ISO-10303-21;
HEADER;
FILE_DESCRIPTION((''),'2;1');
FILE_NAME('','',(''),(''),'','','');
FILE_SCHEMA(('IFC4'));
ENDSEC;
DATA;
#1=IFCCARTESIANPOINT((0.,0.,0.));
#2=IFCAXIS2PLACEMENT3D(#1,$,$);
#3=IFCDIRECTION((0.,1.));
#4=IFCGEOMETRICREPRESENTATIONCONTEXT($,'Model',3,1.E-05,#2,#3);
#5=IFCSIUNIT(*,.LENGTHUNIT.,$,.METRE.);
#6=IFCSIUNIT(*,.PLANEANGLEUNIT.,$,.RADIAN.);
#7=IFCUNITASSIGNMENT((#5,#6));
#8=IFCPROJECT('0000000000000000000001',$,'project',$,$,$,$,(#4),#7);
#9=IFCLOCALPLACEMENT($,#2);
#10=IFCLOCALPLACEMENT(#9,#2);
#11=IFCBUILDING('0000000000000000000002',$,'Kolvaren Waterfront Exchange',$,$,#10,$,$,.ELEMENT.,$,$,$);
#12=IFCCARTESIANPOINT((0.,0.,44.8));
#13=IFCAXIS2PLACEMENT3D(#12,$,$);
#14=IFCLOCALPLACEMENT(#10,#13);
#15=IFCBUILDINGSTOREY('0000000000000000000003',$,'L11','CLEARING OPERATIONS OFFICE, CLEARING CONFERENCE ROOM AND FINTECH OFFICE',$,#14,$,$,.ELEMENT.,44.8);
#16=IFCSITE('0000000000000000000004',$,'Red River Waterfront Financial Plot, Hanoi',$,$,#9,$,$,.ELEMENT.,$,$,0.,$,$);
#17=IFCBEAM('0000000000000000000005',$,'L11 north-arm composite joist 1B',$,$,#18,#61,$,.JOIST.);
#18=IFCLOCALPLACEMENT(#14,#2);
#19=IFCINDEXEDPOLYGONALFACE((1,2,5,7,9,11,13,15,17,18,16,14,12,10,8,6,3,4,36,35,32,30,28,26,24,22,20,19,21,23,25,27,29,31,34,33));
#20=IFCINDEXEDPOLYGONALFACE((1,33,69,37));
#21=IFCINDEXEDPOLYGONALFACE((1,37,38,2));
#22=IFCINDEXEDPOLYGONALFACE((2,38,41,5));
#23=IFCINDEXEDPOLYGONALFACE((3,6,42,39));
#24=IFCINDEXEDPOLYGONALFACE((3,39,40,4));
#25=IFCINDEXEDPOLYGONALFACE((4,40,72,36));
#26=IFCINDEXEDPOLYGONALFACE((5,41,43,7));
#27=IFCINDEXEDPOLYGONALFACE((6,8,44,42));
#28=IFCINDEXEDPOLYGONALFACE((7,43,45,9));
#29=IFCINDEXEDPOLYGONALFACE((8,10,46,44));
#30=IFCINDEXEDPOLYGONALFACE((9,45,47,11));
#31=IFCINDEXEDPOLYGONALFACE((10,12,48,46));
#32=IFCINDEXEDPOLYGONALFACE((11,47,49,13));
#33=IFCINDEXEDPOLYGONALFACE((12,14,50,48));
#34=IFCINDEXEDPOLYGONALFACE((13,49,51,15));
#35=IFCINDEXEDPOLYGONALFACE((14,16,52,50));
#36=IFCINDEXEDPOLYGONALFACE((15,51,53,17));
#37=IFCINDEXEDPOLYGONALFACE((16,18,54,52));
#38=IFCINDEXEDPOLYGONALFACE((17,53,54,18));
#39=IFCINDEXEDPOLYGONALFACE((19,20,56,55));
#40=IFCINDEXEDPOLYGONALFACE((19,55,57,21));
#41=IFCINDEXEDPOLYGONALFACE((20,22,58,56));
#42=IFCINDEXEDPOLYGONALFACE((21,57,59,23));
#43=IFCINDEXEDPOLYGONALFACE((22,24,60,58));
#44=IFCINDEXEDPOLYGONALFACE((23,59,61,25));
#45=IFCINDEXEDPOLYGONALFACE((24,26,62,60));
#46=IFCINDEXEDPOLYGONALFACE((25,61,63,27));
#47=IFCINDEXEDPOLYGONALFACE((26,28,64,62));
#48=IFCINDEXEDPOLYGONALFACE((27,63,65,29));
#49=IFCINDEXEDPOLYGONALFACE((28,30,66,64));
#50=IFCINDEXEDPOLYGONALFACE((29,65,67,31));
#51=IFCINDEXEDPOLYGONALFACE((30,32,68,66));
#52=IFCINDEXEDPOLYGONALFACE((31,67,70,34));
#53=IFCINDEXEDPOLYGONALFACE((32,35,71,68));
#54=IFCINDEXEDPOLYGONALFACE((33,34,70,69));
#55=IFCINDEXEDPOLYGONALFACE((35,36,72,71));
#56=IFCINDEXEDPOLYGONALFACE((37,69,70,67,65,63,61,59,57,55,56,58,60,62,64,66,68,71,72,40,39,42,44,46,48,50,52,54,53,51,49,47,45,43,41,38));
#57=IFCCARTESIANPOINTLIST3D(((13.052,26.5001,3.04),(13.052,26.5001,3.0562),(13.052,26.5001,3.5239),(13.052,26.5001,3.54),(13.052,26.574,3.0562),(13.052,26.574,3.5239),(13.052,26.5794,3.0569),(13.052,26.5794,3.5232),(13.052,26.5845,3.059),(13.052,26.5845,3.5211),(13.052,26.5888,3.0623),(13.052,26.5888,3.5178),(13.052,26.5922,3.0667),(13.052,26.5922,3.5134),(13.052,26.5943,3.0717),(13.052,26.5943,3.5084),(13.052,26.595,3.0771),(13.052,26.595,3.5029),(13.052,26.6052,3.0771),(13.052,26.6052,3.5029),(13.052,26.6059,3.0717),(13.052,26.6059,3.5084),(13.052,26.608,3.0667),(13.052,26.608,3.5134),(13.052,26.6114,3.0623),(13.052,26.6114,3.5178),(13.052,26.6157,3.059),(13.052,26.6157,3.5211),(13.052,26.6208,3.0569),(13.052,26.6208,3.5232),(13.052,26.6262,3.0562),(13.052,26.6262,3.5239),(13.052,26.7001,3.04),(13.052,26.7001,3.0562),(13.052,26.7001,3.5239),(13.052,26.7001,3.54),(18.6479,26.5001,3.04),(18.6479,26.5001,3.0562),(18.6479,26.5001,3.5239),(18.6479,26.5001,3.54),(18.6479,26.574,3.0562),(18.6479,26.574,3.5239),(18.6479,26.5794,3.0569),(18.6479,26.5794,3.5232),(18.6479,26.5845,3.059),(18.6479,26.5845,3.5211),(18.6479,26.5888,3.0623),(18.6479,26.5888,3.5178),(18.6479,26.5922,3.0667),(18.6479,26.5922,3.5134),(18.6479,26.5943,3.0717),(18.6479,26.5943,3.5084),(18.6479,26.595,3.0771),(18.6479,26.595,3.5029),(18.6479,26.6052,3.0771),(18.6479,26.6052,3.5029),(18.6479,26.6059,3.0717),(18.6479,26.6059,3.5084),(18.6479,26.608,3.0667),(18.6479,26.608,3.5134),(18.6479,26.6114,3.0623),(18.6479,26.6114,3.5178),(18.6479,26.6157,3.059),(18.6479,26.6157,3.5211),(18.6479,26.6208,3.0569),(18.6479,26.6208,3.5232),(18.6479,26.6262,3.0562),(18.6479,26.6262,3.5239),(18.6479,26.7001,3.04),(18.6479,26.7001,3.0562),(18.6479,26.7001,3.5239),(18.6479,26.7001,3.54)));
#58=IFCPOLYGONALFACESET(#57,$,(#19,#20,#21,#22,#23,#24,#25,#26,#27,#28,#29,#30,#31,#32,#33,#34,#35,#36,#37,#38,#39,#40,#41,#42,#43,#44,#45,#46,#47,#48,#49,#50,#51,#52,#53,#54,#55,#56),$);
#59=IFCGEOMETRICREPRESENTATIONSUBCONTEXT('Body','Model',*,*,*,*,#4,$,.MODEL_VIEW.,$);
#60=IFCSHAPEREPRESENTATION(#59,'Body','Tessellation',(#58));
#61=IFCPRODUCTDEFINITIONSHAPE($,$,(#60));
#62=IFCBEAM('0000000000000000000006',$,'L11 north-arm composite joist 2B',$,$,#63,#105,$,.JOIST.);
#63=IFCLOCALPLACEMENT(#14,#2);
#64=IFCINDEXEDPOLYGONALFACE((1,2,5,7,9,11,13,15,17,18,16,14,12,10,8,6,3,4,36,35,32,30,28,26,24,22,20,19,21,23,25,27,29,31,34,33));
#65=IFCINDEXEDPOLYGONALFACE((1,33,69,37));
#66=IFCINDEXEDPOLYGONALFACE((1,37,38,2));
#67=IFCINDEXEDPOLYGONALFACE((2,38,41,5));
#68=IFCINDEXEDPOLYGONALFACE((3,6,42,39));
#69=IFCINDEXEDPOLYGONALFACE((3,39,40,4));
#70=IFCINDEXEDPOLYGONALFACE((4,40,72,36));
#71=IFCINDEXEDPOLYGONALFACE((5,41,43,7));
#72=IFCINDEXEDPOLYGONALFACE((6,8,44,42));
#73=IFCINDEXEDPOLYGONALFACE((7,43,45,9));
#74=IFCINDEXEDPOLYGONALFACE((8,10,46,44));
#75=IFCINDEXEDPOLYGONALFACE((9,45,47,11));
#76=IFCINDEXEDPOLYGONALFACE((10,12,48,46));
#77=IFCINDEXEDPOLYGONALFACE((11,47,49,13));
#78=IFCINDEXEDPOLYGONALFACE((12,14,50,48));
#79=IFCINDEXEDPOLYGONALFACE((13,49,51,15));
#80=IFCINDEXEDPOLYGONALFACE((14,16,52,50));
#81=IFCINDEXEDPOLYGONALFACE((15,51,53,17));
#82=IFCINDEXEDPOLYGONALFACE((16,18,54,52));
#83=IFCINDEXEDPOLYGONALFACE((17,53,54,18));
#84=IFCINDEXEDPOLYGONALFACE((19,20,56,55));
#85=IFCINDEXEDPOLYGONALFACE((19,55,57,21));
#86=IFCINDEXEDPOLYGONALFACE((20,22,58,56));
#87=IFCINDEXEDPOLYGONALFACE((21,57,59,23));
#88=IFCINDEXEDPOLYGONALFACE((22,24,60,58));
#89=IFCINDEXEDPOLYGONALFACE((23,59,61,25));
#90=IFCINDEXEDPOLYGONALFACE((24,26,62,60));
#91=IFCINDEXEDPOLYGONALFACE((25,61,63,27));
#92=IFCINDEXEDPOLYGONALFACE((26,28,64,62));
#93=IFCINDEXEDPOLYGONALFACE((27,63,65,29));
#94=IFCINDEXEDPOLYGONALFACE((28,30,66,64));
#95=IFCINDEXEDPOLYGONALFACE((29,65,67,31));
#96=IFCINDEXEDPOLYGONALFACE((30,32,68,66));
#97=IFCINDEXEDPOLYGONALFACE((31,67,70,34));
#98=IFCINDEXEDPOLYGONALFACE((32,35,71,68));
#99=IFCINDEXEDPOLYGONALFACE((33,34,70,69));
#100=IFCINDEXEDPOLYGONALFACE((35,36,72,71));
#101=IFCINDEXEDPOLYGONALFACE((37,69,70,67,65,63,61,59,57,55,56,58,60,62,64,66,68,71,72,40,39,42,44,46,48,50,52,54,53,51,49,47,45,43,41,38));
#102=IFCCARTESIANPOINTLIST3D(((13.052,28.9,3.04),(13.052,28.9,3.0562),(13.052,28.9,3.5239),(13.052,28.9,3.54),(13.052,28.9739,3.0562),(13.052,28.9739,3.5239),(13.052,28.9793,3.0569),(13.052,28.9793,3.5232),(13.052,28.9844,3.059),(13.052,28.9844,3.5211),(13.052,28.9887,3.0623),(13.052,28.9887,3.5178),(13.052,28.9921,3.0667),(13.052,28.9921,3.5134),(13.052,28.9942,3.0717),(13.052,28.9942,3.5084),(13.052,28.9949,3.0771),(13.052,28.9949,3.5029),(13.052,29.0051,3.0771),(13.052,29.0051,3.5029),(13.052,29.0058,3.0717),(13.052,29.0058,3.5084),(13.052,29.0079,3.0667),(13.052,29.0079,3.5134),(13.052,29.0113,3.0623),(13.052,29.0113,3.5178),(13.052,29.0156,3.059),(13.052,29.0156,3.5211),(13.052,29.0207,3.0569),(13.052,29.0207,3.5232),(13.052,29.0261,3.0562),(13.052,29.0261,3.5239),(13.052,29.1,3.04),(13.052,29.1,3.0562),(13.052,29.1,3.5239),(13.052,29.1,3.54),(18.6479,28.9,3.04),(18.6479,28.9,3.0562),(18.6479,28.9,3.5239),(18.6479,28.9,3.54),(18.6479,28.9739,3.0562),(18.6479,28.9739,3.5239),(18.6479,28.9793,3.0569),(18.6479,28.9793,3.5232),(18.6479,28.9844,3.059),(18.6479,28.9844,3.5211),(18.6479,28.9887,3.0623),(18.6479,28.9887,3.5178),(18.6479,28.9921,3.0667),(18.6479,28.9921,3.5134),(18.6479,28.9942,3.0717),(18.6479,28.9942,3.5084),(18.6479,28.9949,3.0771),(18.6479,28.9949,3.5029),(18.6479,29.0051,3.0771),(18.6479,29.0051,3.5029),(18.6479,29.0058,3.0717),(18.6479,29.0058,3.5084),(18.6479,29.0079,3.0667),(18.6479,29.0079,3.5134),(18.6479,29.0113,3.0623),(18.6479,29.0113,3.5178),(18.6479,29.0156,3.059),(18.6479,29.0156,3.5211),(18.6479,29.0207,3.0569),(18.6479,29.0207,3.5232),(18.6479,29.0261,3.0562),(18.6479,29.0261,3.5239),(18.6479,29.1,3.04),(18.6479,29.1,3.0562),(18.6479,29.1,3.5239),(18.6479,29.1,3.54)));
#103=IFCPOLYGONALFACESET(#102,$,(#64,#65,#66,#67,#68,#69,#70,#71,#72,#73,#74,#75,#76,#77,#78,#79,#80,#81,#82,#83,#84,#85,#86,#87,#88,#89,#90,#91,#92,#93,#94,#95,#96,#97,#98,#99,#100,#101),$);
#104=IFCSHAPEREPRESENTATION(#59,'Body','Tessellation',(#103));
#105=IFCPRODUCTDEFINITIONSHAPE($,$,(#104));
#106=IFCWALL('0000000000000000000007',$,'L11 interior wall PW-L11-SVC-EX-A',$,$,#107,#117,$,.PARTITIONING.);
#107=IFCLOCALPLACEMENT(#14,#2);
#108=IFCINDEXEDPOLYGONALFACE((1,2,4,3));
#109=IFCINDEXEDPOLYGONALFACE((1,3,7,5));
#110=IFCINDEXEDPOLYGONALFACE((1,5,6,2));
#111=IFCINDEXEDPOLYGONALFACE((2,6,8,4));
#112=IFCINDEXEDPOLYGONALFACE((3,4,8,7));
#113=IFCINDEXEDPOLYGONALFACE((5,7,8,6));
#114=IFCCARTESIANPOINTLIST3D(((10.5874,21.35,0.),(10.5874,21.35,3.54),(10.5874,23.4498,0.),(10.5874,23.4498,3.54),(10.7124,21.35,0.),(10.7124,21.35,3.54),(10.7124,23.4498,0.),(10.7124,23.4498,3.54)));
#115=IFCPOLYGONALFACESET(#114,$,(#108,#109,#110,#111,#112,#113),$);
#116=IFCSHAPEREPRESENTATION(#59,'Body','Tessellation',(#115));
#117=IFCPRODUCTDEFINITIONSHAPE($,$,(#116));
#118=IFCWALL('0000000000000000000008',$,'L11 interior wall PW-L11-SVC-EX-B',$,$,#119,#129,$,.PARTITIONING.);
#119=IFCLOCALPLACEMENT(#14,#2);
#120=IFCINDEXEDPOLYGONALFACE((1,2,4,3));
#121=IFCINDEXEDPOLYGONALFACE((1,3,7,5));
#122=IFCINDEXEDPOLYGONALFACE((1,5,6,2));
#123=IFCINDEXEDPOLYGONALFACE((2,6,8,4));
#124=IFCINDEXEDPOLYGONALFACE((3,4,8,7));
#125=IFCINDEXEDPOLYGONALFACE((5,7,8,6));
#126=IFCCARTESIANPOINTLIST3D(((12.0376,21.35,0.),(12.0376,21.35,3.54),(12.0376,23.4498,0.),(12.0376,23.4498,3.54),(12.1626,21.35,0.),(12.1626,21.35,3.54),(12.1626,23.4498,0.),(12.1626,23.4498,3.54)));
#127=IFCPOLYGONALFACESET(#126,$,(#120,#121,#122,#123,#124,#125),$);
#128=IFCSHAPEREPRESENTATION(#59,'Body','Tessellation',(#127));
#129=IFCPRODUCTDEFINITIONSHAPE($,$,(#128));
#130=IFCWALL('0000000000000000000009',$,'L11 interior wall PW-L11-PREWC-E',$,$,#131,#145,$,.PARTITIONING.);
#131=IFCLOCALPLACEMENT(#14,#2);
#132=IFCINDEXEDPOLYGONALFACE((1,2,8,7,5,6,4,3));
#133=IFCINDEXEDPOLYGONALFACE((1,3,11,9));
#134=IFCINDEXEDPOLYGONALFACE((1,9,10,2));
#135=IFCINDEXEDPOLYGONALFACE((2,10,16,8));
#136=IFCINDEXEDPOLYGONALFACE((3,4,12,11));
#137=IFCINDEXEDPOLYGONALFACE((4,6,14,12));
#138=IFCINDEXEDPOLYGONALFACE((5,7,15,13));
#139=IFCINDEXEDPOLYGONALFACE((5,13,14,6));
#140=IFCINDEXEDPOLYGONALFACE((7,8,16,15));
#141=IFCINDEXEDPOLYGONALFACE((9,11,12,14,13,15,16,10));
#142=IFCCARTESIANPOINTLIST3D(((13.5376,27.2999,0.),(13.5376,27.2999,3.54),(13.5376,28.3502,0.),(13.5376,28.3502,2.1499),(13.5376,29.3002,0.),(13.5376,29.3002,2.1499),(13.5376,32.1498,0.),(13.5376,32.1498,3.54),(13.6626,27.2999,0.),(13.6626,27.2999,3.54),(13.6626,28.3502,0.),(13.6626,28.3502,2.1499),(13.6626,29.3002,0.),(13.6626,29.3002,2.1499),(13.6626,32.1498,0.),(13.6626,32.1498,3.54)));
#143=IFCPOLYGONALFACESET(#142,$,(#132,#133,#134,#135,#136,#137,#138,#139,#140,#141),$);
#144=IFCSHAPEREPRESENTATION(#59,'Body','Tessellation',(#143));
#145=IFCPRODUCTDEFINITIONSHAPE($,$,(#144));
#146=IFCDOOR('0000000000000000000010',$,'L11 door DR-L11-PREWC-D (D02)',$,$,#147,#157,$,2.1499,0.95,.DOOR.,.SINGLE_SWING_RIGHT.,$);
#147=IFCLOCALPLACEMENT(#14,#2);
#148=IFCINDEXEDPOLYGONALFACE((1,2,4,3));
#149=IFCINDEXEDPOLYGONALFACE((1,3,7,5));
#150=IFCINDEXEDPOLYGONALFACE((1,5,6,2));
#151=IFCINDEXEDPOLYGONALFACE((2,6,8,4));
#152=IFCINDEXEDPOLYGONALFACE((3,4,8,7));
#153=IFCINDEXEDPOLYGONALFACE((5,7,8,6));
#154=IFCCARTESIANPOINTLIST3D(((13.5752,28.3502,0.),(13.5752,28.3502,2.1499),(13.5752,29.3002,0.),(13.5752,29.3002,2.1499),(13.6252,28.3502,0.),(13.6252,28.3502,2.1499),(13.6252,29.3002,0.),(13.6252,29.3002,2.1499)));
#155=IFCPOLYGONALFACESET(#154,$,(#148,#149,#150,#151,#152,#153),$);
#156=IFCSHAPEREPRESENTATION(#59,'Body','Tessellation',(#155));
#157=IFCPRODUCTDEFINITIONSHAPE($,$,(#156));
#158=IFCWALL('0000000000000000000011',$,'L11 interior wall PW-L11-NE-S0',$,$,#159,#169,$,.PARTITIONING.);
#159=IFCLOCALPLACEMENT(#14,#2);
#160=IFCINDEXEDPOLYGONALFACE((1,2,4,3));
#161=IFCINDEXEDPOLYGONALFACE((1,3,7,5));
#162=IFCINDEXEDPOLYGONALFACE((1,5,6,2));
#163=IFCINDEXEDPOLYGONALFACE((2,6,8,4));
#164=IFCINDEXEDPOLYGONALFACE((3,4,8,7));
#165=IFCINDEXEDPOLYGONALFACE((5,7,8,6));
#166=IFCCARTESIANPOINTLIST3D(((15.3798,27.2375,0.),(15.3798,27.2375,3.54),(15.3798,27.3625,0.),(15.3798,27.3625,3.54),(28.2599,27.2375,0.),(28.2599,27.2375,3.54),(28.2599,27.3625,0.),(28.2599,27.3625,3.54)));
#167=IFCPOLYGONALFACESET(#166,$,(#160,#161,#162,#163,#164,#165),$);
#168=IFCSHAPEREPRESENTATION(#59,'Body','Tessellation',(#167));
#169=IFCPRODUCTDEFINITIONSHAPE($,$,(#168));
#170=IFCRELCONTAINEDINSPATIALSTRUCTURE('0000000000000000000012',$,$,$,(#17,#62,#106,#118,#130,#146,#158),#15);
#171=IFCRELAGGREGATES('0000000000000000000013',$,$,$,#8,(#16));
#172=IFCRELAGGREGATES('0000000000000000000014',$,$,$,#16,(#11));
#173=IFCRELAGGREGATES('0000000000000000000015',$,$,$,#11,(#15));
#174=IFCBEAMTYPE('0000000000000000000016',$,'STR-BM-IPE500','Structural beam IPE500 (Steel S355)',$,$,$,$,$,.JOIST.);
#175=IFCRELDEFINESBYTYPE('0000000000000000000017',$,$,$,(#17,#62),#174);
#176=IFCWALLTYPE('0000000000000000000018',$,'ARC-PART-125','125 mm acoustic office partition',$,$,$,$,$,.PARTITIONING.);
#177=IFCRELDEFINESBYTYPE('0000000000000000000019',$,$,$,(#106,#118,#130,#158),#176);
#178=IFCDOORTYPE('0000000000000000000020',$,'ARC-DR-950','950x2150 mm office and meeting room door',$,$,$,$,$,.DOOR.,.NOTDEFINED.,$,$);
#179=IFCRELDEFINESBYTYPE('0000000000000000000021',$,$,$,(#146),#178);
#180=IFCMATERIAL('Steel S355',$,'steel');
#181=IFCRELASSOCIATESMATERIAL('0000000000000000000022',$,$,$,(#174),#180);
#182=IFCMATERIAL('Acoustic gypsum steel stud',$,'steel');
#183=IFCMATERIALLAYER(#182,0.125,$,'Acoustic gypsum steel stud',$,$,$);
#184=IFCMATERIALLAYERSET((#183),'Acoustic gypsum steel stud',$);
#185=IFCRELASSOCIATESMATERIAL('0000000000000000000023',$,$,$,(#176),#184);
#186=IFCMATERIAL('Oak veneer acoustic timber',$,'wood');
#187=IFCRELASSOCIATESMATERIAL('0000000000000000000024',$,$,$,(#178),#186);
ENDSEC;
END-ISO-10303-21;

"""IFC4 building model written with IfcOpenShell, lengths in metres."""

from ifc_helpers import new_model, si_unit, direction, frame, frame_2d, origin, origin_2d, place, context, subcontext, project, spatial, rectangle, i_section, extrude, material, layer, layer_set, material_profile, profile_set, type_object, element, fill, save


model = new_model("IFC4")

# Units and contexts
model_context = context("Model", 3, precision=1e-05, world=origin(), true_north=direction((0.0, 1.0)))
body_context = subcontext(model_context, "Body", "Model", "MODEL_VIEW")
ifc_project = project(units=[si_unit("LENGTHUNIT", "METRE"), si_unit("PLANEANGLEUNIT", "RADIAN")], contexts=[model_context])

# Site, building, storey
site_placement = place(None, origin())
site = spatial("IfcSite", under=ifc_project, at=site_placement, Name="Red River Waterfront Financial Plot, Hanoi", CompositionType="ELEMENT", RefElevation=0.0)
building_placement = place(site_placement, origin())
building = spatial("IfcBuilding", under=site, at=building_placement, Name="Kolvaren Waterfront Exchange", CompositionType="ELEMENT")
storey_placement = place(building_placement, frame((0.0, 0.0, 44.8)))
storey = spatial("IfcBuildingStorey", under=building, at=storey_placement, Name="L11", Description="CLEARING OPERATIONS OFFICE, CLEARING CONFERENCE ROOM AND FINTECH OFFICE", CompositionType="ELEMENT", Elevation=44.8)

# Beams
ifc_material_1 = material(Name="Steel S355", Category="steel")
ifc_material_profile_1 = material_profile(ifc_material_1, i_section(OverallWidth=0.2, OverallDepth=0.5, WebThickness=0.0103, FlangeThickness=0.0161, FilletRadius=0.021, at=origin_2d()), Name="IPE500")
ifc_profile_set_1 = profile_set([ifc_material_profile_1], Name="Steel S355")
beam_type_1 = type_object("IfcBeamType", Name="STR-BM-IPE500", Description="Structural beam IPE500 (Steel S355)", PredefinedType="JOIST", material=ifc_profile_set_1)
for number, where, z_axis, x_axis, name in (
    (1, (13.052, 26.6001, 3.29), (1.0, 0.0, 0.0), (0.0, 1.0, 0.0), "L11 north-arm composite joist 1B"),
    (2, (13.052, 29.0, 3.29), (1.0, 0.0, 0.0), (0.0, 1.0, 0.0), "L11 north-arm composite joist 2B"),
):
    element("IfcBeam", number, at=place(storey_placement, frame(where, z_axis=z_axis, x_axis=x_axis)), inside=storey, type_object=beam_type_1, Name=name, PredefinedType="JOIST", context=body_context, shape_type="SweptSolid", body=[
        extrude(i_section(OverallWidth=0.2, OverallDepth=0.5, WebThickness=0.0103, FlangeThickness=0.0161, FilletRadius=0.021, at=origin_2d()), origin(), (0.0, 0.0, 1.0), 5.5959),
    ])

# Shared definitions
ifc_material_2 = material(Name="Acoustic gypsum steel stud", Category="steel")
ifc_layer_1 = layer(ifc_material_2, 0.125, Name="Acoustic gypsum steel stud")
ifc_layer_set_1 = layer_set([ifc_layer_1], Name="Acoustic gypsum steel stud")
wall_type_1 = type_object("IfcWallType", Name="ARC-PART-125", Description="125 mm acoustic office partition", PredefinedType="PARTITIONING", material=ifc_layer_set_1)

# Walls
for number, where, z_axis, x_axis, name in (
    (3, (10.6499, 21.3501, 0.0), (0.0, 0.0, 1.0), (0.0, 1.0, 0.0), "L11 interior wall PW-L11-SVC-EX-A"),
    (4, (12.1001, 21.3501, 0.0), (0.0, 0.0, 1.0), (0.0, 1.0, 0.0), "L11 interior wall PW-L11-SVC-EX-B"),
):
    element("IfcWall", number, at=place(storey_placement, frame(where, z_axis=z_axis, x_axis=x_axis)), inside=storey, type_object=wall_type_1, Name=name, PredefinedType="PARTITIONING", context=body_context, shape_type="SweptSolid", body=[
        extrude(rectangle(XDim=2.0999, YDim=0.125, at=frame_2d((1.0498, 0.0))), origin(), (0.0, 0.0, 1.0), 3.54),
    ])

# Wall, opening, door
wall_1_placement = place(storey_placement, frame((13.6001, 27.3, 0.0), z_axis=(0.0, 0.0, 1.0), x_axis=(0.0, 1.0, 0.0)))
wall_1 = element("IfcWall", 5, at=wall_1_placement, inside=storey, type_object=wall_type_1, Name="L11 interior wall PW-L11-PREWC-E", PredefinedType="PARTITIONING", context=body_context, shape_type="SweptSolid", body=[
    extrude(rectangle(XDim=4.8499, YDim=0.125, at=frame_2d((2.4248, 0.0))), origin(), (0.0, 0.0, 1.0), 3.54),
])
opening_1_placement = place(wall_1_placement, frame((1.05, 0.0, 0.0)))
opening_1 = element("IfcOpeningElement", 6, at=opening_1_placement, cuts=wall_1, PredefinedType="OPENING", context=body_context, shape_type="SweptSolid", body=[
    extrude(rectangle(XDim=0.95, YDim=2.1499, at=frame_2d((0.4751, 1.075))), frame((0.0, 0.0725, 0.0), z_axis=(0.0, -1.0, 0.0), x_axis=(1.0, 0.0, 0.0)), (0.0, 0.0, 1.0), 0.145),
])
ifc_material_3 = material(Name="Oak veneer acoustic timber", Category="wood")
door_type_1 = type_object("IfcDoorType", Name="ARC-DR-950", Description="950x2150 mm office and meeting room door", OperationType="NOTDEFINED", PredefinedType="DOOR", material=ifc_material_3)
door_1_placement = place(opening_1_placement, origin())
door_1 = element("IfcDoor", 7, at=door_1_placement, inside=storey, type_object=door_type_1, Name="L11 door DR-L11-PREWC-D (D02)", OperationType="SINGLE_SWING_RIGHT", OverallHeight=2.1499, OverallWidth=0.95, PredefinedType="DOOR", context=body_context, shape_type="SweptSolid", body=[
    extrude(rectangle(XDim=0.95, YDim=2.1499, at=frame_2d((0.4751, 1.075))), frame((0.0, 0.0249, 0.0), z_axis=(0.0, -1.0, 0.0), x_axis=(1.0, 0.0, 0.0)), (0.0, 0.0, 1.0), 0.05),
])
fill(opening_1, door_1)

# Wall
wall_2_placement = place(storey_placement, frame((15.3799, 27.3, 0.0), z_axis=(0.0, 0.0, 1.0), x_axis=(1.0, 0.0, 0.0)))
element("IfcWall", 8, at=wall_2_placement, inside=storey, type_object=wall_type_1, Name="L11 interior wall PW-L11-NE-S0", PredefinedType="PARTITIONING", context=body_context, shape_type="SweptSolid", body=[
    extrude(rectangle(XDim=12.8801, YDim=0.125, at=frame_2d((6.4399, 0.0))), origin(), (0.0, 0.0, 1.0), 3.54),
])

save(model, "model.ifc")
